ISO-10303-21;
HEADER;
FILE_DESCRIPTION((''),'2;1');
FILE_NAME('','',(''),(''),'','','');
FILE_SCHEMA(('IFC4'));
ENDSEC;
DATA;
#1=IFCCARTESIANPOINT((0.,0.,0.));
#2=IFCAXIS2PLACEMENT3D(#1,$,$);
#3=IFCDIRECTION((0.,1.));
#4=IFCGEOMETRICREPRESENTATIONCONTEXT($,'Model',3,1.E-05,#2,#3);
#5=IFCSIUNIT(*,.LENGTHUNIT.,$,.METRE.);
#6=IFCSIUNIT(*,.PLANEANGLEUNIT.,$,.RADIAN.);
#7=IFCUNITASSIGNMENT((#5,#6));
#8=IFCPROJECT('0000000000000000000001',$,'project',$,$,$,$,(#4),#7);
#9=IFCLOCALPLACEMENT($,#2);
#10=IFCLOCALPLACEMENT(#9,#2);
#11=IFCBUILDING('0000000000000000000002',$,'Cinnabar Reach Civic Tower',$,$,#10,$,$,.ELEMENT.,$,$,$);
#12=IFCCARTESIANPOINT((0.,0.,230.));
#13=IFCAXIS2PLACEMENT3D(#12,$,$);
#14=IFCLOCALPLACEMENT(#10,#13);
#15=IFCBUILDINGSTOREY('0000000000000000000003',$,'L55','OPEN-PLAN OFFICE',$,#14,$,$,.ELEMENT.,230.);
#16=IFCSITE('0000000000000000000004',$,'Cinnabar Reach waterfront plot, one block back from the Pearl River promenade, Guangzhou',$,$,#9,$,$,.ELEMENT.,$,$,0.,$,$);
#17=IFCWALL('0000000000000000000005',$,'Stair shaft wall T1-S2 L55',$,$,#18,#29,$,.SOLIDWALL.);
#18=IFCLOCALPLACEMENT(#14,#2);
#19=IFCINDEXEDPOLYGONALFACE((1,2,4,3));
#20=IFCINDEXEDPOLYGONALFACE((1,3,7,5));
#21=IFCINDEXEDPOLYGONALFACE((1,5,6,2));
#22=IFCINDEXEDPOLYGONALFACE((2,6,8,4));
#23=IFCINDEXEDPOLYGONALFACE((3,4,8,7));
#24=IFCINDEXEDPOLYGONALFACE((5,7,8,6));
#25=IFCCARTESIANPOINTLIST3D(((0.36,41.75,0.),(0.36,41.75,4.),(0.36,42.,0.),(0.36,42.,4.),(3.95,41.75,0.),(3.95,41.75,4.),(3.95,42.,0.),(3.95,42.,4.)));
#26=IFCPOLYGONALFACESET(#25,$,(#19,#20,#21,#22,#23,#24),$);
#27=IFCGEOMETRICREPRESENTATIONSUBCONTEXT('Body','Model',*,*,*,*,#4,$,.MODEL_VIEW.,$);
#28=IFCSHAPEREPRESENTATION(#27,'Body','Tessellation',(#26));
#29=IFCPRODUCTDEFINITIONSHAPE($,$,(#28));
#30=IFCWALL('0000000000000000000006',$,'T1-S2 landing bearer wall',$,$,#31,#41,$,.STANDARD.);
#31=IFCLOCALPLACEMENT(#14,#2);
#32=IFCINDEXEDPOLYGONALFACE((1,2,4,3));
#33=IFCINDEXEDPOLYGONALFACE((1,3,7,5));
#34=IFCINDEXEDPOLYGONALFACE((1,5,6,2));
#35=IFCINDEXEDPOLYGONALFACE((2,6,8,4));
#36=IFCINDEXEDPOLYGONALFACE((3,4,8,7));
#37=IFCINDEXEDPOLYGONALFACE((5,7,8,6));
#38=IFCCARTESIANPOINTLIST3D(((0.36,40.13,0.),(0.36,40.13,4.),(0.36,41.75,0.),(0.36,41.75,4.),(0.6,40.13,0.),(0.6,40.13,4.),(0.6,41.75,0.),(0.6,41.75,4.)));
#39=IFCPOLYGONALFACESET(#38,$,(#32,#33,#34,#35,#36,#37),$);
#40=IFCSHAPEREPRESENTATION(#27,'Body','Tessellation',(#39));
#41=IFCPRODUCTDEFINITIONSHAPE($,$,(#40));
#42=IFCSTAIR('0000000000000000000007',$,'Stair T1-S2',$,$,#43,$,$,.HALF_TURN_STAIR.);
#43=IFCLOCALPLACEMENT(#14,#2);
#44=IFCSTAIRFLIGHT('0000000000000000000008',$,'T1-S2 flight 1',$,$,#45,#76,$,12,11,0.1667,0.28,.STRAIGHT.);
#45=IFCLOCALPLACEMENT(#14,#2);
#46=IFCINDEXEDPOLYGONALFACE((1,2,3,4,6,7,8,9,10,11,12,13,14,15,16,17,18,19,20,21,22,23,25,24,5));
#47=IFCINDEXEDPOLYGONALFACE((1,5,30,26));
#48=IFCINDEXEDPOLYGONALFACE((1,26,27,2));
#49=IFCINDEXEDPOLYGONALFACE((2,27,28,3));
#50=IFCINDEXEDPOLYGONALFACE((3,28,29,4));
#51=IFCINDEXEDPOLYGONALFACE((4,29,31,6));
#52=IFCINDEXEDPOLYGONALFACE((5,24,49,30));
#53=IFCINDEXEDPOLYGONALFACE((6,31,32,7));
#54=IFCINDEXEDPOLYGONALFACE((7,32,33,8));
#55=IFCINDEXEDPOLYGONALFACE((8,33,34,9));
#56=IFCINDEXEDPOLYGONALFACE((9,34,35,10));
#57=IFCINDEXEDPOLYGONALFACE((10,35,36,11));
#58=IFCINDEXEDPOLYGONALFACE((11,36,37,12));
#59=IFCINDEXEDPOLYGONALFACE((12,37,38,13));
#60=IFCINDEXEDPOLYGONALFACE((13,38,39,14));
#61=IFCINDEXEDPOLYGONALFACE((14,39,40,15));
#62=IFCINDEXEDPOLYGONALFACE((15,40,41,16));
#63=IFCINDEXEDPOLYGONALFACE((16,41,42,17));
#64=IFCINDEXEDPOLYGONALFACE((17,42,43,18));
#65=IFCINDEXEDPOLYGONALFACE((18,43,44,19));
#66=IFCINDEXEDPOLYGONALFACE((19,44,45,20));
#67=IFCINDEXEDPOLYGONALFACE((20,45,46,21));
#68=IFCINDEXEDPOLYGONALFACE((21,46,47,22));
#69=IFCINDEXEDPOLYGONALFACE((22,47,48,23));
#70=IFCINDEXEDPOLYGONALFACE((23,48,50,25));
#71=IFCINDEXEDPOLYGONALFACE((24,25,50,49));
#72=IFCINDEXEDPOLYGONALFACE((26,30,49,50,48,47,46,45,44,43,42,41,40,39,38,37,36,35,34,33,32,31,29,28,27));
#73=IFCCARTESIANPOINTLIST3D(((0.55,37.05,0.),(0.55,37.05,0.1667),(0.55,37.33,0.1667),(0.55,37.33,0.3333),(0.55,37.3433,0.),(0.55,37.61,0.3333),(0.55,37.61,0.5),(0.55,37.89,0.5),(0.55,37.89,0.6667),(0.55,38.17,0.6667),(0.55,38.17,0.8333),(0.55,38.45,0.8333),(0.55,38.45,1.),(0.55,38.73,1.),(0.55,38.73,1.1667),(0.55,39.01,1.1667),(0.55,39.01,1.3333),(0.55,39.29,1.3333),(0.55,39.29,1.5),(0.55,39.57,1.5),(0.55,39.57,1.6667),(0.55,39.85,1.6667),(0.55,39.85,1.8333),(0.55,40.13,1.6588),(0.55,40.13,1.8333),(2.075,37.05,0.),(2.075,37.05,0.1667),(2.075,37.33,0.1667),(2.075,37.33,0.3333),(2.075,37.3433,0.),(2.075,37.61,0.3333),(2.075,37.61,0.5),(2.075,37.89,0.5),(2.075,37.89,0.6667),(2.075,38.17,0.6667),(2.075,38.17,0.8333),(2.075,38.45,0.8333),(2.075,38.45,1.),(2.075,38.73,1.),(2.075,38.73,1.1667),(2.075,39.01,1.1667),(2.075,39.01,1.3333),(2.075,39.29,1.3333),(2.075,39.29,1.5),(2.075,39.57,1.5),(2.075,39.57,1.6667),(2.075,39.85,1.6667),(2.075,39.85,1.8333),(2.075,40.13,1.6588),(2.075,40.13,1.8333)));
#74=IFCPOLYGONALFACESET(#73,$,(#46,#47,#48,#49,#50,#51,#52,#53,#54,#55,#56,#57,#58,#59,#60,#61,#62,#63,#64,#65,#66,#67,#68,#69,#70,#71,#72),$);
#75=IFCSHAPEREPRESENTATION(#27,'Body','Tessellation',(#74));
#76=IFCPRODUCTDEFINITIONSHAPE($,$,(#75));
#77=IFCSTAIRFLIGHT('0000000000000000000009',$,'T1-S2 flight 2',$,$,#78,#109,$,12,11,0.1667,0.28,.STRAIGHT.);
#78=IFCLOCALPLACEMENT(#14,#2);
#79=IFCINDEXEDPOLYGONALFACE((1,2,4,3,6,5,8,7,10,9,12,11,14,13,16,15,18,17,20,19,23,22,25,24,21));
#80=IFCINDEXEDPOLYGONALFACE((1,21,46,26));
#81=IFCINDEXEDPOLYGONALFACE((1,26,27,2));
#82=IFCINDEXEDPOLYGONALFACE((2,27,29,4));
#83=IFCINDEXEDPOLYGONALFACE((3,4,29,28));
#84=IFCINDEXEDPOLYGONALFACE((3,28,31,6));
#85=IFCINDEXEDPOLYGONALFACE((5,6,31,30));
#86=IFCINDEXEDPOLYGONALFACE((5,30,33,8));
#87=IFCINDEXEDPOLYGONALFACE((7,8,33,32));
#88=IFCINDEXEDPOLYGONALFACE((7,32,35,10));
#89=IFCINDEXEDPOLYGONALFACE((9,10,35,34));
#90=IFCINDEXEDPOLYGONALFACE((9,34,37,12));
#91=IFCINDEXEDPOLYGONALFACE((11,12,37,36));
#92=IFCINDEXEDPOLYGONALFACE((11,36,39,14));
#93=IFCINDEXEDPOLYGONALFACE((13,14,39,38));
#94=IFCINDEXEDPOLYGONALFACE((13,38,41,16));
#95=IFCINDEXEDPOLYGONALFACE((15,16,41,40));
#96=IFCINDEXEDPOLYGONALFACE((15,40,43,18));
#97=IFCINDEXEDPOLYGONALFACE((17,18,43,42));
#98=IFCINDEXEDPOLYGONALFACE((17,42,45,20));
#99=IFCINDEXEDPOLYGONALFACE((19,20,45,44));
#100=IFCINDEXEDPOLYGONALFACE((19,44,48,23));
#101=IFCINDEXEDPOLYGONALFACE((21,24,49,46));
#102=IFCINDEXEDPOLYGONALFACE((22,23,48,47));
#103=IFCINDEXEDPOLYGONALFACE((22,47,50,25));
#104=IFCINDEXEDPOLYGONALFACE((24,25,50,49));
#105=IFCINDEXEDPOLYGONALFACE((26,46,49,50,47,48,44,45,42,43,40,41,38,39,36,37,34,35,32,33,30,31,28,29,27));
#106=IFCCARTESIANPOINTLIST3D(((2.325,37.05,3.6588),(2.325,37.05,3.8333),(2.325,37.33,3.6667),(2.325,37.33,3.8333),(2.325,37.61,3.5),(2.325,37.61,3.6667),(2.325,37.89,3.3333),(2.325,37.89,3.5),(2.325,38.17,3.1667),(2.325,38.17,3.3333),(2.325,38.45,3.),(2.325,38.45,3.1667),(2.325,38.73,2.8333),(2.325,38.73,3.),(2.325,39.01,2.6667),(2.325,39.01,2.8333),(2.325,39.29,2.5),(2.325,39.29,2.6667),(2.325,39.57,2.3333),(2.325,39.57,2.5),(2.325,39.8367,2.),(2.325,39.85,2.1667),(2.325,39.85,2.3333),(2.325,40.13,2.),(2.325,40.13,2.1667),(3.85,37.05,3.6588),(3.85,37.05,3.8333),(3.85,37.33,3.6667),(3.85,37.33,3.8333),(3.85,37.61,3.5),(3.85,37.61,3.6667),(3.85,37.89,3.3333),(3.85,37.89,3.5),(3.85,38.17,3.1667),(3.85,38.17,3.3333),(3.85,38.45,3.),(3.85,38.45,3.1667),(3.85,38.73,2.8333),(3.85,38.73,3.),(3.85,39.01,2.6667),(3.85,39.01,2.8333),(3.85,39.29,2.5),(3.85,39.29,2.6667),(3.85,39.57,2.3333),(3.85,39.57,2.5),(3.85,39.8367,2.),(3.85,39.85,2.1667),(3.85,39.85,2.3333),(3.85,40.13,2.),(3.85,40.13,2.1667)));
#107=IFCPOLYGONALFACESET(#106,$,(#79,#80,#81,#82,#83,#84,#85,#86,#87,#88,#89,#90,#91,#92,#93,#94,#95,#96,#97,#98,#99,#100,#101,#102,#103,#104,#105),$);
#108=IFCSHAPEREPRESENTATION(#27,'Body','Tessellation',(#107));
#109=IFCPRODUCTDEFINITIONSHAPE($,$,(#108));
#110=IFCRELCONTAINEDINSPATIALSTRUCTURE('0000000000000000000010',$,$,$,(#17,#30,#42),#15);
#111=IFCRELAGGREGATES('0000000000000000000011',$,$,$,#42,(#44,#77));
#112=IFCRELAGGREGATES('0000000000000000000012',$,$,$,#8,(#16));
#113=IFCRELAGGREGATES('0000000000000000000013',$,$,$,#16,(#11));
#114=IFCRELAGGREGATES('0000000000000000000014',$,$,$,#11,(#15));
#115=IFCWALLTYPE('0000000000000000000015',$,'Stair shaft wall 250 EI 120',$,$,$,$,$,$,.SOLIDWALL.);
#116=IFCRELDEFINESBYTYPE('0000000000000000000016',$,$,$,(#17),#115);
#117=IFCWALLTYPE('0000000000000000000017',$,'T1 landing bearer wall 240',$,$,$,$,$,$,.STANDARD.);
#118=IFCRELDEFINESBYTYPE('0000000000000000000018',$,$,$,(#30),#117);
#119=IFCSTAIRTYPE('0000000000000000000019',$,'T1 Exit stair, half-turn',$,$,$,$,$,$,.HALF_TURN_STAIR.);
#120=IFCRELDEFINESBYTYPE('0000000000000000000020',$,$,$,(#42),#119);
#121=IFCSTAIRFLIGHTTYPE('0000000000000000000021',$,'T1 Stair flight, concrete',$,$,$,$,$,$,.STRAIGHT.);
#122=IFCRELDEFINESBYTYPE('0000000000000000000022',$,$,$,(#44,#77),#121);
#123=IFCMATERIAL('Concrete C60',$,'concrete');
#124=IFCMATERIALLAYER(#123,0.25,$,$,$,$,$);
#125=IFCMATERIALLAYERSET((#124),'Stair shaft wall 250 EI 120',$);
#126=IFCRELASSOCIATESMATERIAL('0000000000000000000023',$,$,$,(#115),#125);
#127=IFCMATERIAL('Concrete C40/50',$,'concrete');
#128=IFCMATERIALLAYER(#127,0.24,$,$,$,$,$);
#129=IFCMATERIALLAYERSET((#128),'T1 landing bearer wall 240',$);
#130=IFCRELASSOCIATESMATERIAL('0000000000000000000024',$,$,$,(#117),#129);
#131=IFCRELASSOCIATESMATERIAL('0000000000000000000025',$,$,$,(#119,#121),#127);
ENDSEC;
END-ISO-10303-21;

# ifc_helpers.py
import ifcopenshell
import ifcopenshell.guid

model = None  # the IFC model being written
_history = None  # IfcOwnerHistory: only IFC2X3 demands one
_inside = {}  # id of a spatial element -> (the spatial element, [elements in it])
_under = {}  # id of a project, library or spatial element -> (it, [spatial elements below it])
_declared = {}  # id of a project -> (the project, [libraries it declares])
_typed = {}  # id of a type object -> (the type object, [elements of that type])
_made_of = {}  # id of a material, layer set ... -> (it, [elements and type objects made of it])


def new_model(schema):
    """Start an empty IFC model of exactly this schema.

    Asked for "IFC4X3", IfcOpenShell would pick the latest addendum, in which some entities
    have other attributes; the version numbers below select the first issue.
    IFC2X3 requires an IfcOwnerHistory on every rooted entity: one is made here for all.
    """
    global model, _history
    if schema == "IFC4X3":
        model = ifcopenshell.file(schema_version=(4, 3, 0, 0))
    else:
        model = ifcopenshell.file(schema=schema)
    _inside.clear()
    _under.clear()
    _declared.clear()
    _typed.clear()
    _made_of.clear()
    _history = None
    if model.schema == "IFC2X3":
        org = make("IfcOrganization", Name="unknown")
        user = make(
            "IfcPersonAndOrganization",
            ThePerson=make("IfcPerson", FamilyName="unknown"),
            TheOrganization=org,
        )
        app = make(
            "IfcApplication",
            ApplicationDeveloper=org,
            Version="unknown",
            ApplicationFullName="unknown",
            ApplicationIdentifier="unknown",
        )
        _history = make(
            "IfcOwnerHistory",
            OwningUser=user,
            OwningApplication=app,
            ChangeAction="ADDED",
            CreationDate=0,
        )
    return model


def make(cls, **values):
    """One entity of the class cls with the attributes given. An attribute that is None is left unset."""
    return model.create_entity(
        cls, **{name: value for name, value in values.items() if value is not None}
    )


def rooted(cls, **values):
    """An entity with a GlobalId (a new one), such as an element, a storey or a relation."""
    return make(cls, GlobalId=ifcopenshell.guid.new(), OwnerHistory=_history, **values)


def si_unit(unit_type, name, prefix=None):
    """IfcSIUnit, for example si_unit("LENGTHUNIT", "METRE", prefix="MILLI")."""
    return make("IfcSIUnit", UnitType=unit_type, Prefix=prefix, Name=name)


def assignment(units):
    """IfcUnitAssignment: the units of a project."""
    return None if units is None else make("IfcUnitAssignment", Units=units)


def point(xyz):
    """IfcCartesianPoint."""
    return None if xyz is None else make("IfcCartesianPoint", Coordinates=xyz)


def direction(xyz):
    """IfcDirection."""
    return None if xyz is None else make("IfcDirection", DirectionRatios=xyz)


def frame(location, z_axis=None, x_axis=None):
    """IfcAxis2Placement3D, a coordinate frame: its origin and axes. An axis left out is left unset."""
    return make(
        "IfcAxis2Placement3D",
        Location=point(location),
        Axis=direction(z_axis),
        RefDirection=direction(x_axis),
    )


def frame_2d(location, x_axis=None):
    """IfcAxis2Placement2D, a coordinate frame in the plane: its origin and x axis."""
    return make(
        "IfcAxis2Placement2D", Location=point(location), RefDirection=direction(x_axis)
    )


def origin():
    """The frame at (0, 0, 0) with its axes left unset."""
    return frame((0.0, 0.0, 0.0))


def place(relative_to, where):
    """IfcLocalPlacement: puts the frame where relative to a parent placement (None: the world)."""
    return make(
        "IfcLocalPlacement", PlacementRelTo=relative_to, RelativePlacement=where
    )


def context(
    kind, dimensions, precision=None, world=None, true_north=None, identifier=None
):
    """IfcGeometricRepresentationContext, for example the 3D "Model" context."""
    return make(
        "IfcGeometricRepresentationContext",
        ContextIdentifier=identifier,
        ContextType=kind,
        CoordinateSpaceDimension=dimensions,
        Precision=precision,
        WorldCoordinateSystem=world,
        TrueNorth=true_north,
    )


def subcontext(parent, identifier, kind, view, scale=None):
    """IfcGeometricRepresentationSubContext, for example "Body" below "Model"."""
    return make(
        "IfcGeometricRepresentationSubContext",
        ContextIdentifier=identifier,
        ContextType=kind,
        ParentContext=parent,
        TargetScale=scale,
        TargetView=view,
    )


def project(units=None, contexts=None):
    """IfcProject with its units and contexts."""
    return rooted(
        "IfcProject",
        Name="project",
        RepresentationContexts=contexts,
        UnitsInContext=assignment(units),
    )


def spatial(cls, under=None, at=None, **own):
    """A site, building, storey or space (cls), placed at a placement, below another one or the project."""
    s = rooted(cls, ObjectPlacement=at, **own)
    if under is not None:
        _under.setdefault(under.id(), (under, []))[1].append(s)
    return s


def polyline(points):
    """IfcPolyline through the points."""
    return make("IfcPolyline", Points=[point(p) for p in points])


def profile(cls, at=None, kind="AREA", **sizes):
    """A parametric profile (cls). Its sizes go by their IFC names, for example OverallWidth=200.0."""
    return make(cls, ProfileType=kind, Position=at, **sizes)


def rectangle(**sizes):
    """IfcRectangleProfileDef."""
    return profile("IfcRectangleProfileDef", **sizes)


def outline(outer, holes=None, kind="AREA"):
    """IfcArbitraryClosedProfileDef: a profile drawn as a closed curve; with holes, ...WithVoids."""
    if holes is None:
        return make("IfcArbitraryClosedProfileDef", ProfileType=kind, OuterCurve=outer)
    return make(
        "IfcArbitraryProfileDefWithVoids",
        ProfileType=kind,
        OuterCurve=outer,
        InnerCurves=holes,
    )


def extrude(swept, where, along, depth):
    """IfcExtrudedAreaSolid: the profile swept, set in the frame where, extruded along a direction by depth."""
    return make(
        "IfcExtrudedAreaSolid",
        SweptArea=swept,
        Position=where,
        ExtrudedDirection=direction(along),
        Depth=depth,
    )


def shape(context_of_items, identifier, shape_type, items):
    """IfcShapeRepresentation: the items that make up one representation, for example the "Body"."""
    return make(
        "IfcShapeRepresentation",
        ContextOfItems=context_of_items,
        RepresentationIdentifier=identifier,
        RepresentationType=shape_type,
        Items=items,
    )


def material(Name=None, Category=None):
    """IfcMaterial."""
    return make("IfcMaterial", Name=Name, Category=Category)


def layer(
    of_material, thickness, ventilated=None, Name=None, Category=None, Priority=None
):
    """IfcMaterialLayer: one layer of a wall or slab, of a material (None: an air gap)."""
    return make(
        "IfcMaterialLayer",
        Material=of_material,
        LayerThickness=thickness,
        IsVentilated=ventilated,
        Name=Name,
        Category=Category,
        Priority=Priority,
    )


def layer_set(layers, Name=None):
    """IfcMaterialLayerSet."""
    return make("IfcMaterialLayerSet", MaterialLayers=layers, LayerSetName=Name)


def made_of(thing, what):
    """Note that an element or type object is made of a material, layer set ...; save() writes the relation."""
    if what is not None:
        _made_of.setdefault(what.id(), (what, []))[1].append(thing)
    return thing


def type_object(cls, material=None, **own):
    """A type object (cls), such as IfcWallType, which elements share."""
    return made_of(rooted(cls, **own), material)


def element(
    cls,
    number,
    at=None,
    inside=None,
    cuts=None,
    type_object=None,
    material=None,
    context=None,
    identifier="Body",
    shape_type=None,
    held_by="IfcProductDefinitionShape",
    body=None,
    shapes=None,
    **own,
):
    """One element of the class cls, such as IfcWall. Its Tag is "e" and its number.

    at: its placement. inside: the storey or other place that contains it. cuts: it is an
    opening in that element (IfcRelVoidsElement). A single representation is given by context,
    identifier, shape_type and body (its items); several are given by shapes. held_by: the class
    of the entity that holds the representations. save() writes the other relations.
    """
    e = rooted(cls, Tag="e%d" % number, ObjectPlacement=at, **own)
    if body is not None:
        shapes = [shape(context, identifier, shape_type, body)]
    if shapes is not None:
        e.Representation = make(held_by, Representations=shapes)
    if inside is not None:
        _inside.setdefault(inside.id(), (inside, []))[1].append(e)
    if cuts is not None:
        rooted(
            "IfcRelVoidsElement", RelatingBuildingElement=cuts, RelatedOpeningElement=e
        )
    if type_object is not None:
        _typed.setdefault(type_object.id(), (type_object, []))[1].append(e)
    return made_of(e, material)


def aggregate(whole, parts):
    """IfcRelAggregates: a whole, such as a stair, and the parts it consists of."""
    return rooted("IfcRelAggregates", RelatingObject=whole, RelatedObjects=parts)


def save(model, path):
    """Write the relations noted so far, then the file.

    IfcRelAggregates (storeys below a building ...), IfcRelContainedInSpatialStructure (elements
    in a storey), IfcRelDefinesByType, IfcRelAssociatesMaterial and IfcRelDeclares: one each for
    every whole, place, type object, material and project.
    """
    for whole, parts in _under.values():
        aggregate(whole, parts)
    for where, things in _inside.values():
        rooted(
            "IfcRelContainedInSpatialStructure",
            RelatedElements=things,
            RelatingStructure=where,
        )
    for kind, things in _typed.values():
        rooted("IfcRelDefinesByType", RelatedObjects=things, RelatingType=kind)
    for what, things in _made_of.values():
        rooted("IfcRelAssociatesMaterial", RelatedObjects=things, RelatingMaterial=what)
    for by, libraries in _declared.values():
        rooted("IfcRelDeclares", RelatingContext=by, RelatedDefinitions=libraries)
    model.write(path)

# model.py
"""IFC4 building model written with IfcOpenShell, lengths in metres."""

from ifc_helpers import new_model, si_unit, direction, frame, frame_2d, origin, place, context, subcontext, project, spatial, polyline, rectangle, outline, extrude, material, layer, layer_set, type_object, element, aggregate, save


model = new_model("IFC4")

# Units and contexts
model_context = context("Model", 3, precision=1e-05, world=origin(), true_north=direction((0.0, 1.0)))
body_context = subcontext(model_context, "Body", "Model", "MODEL_VIEW")
ifc_project = project(units=[si_unit("LENGTHUNIT", "METRE"), si_unit("PLANEANGLEUNIT", "RADIAN")], contexts=[model_context])

# Site, building, storey
site_placement = place(None, origin())
site = spatial("IfcSite", under=ifc_project, at=site_placement, Name="Cinnabar Reach waterfront plot, one block back from the Pearl River promenade, Guangzhou", CompositionType="ELEMENT", RefElevation=0.0)
building_placement = place(site_placement, origin())
building = spatial("IfcBuilding", under=site, at=building_placement, Name="Cinnabar Reach Civic Tower", CompositionType="ELEMENT")
storey_placement = place(building_placement, frame((0.0, 0.0, 230.0)))
storey = spatial("IfcBuildingStorey", under=building, at=storey_placement, Name="L55", Description="OPEN-PLAN OFFICE", CompositionType="ELEMENT", Elevation=230.0)

# Shared definitions
ifc_material_1 = material(Name="Concrete C60", Category="concrete")

# Shared definitions
ifc_layer_1 = layer(ifc_material_1, 0.25)
ifc_layer_set_1 = layer_set([ifc_layer_1], Name="Stair shaft wall 250 EI 120")
wall_type_1 = type_object("IfcWallType", Name="Stair shaft wall 250 EI 120", PredefinedType="SOLIDWALL", material=ifc_layer_set_1)

# Walls
wall_1_placement = place(storey_placement, frame((3.95, 41.875, 0.0), z_axis=(0.0, 0.0, 1.0), x_axis=(-1.0, 0.0, 0.0)))
element("IfcWall", 1, at=wall_1_placement, inside=storey, type_object=wall_type_1, Name="Stair shaft wall T1-S2 L55", PredefinedType="SOLIDWALL", context=body_context, shape_type="SweptSolid", body=[
    extrude(rectangle(XDim=3.59, YDim=0.25, at=frame_2d((1.795, 0.0))), origin(), (0.0, 0.0, 1.0), 4.0),
])
ifc_material_2 = material(Name="Concrete C40/50", Category="concrete")
ifc_layer_2 = layer(ifc_material_2, 0.24)
ifc_layer_set_2 = layer_set([ifc_layer_2], Name="T1 landing bearer wall 240")
wall_type_2 = type_object("IfcWallType", Name="T1 landing bearer wall 240", PredefinedType="STANDARD", material=ifc_layer_set_2)
wall_2_placement = place(storey_placement, frame((0.48, 40.13, 0.0), z_axis=(0.0, 0.0, 1.0), x_axis=(0.0, 1.0, 0.0)))
element("IfcWall", 2, at=wall_2_placement, inside=storey, type_object=wall_type_2, Name="T1-S2 landing bearer wall", PredefinedType="STANDARD", context=body_context, shape_type="SweptSolid", body=[
    extrude(rectangle(XDim=1.62, YDim=0.24, at=frame_2d((0.81, 0.0))), origin(), (0.0, 0.0, 1.0), 4.0),
])

# Stair, stair flights
stair_type = type_object("IfcStairType", Name="T1 Exit stair, half-turn", PredefinedType="HALF_TURN_STAIR", material=ifc_material_2)
stair_placement = place(storey_placement, origin())
stair = element("IfcStair", 3, at=stair_placement, inside=storey, type_object=stair_type, Name="Stair T1-S2", PredefinedType="HALF_TURN_STAIR")
stair_flight_type = type_object("IfcStairFlightType", Name="T1 Stair flight, concrete", PredefinedType="STRAIGHT", material=ifc_material_2)
stair_flight_1_placement = place(storey_placement, frame((1.3125, 37.05, 0.0), z_axis=(0.0, 0.0, 1.0), x_axis=(0.0, 1.0, 0.0)))
stair_flight_1 = element("IfcStairFlight", 4, at=stair_flight_1_placement, type_object=stair_flight_type, Name="T1-S2 flight 1", NumberOfRisers=12, NumberOfTreads=11, PredefinedType="STRAIGHT", RiserHeight=0.1667, TreadLength=0.28, context=body_context, shape_type="SweptSolid", body=[
    extrude(outline(polyline([(0.0, 0.0), (0.0, 0.1667), (0.28, 0.1667), (0.28, 0.3333), (0.56, 0.3333), (0.56, 0.5), (0.84, 0.5), (0.84, 0.6667), (1.12, 0.6667), (1.12, 0.8333), (1.4, 0.8333), (1.4, 1.0), (1.68, 1.0), (1.68, 1.1667), (1.96, 1.1667), (1.96, 1.3333), (2.24, 1.3333), (2.24, 1.5), (2.52, 1.5), (2.52, 1.6667), (2.8, 1.6667), (2.8, 1.8333), (3.08, 1.8333), (3.08, 2.0), (3.08, 1.6588), (0.2933, 0.0), (0.0, 0.0)])), frame((0.0, 0.7625, 0.0), z_axis=(0.0, -1.0, 0.0), x_axis=(1.0, 0.0, 0.0)), (0.0, 0.0, 1.0), 1.525),
])
stair_flight_2_placement = place(storey_placement, frame((3.0875, 40.13, 2.0), z_axis=(0.0, 0.0, 1.0), x_axis=(0.0, -1.0, 0.0)))
stair_flight_2 = element("IfcStairFlight", 5, at=stair_flight_2_placement, type_object=stair_flight_type, Name="T1-S2 flight 2", NumberOfRisers=12, NumberOfTreads=11, PredefinedType="STRAIGHT", RiserHeight=0.1667, TreadLength=0.28, context=body_context, shape_type="SweptSolid", body=[
    extrude(outline(polyline([(0.0, 0.0), (0.0, 0.1667), (0.28, 0.1667), (0.28, 0.3333), (0.56, 0.3333), (0.56, 0.5), (0.84, 0.5), (0.84, 0.6667), (1.12, 0.6667), (1.12, 0.8333), (1.4, 0.8333), (1.4, 1.0), (1.68, 1.0), (1.68, 1.1667), (1.96, 1.1667), (1.96, 1.3333), (2.24, 1.3333), (2.24, 1.5), (2.52, 1.5), (2.52, 1.6667), (2.8, 1.6667), (2.8, 1.8333), (3.08, 1.8333), (3.08, 2.0), (3.08, 1.6588), (0.2933, 0.0), (0.0, 0.0)])), frame((0.0, 0.7625, 0.0), z_axis=(0.0, -1.0, 0.0), x_axis=(1.0, 0.0, 0.0)), (0.0, 0.0, 1.0), 1.525),
])
aggregate(stair, [stair_flight_1, stair_flight_2])

save(model, "model.ifc")
